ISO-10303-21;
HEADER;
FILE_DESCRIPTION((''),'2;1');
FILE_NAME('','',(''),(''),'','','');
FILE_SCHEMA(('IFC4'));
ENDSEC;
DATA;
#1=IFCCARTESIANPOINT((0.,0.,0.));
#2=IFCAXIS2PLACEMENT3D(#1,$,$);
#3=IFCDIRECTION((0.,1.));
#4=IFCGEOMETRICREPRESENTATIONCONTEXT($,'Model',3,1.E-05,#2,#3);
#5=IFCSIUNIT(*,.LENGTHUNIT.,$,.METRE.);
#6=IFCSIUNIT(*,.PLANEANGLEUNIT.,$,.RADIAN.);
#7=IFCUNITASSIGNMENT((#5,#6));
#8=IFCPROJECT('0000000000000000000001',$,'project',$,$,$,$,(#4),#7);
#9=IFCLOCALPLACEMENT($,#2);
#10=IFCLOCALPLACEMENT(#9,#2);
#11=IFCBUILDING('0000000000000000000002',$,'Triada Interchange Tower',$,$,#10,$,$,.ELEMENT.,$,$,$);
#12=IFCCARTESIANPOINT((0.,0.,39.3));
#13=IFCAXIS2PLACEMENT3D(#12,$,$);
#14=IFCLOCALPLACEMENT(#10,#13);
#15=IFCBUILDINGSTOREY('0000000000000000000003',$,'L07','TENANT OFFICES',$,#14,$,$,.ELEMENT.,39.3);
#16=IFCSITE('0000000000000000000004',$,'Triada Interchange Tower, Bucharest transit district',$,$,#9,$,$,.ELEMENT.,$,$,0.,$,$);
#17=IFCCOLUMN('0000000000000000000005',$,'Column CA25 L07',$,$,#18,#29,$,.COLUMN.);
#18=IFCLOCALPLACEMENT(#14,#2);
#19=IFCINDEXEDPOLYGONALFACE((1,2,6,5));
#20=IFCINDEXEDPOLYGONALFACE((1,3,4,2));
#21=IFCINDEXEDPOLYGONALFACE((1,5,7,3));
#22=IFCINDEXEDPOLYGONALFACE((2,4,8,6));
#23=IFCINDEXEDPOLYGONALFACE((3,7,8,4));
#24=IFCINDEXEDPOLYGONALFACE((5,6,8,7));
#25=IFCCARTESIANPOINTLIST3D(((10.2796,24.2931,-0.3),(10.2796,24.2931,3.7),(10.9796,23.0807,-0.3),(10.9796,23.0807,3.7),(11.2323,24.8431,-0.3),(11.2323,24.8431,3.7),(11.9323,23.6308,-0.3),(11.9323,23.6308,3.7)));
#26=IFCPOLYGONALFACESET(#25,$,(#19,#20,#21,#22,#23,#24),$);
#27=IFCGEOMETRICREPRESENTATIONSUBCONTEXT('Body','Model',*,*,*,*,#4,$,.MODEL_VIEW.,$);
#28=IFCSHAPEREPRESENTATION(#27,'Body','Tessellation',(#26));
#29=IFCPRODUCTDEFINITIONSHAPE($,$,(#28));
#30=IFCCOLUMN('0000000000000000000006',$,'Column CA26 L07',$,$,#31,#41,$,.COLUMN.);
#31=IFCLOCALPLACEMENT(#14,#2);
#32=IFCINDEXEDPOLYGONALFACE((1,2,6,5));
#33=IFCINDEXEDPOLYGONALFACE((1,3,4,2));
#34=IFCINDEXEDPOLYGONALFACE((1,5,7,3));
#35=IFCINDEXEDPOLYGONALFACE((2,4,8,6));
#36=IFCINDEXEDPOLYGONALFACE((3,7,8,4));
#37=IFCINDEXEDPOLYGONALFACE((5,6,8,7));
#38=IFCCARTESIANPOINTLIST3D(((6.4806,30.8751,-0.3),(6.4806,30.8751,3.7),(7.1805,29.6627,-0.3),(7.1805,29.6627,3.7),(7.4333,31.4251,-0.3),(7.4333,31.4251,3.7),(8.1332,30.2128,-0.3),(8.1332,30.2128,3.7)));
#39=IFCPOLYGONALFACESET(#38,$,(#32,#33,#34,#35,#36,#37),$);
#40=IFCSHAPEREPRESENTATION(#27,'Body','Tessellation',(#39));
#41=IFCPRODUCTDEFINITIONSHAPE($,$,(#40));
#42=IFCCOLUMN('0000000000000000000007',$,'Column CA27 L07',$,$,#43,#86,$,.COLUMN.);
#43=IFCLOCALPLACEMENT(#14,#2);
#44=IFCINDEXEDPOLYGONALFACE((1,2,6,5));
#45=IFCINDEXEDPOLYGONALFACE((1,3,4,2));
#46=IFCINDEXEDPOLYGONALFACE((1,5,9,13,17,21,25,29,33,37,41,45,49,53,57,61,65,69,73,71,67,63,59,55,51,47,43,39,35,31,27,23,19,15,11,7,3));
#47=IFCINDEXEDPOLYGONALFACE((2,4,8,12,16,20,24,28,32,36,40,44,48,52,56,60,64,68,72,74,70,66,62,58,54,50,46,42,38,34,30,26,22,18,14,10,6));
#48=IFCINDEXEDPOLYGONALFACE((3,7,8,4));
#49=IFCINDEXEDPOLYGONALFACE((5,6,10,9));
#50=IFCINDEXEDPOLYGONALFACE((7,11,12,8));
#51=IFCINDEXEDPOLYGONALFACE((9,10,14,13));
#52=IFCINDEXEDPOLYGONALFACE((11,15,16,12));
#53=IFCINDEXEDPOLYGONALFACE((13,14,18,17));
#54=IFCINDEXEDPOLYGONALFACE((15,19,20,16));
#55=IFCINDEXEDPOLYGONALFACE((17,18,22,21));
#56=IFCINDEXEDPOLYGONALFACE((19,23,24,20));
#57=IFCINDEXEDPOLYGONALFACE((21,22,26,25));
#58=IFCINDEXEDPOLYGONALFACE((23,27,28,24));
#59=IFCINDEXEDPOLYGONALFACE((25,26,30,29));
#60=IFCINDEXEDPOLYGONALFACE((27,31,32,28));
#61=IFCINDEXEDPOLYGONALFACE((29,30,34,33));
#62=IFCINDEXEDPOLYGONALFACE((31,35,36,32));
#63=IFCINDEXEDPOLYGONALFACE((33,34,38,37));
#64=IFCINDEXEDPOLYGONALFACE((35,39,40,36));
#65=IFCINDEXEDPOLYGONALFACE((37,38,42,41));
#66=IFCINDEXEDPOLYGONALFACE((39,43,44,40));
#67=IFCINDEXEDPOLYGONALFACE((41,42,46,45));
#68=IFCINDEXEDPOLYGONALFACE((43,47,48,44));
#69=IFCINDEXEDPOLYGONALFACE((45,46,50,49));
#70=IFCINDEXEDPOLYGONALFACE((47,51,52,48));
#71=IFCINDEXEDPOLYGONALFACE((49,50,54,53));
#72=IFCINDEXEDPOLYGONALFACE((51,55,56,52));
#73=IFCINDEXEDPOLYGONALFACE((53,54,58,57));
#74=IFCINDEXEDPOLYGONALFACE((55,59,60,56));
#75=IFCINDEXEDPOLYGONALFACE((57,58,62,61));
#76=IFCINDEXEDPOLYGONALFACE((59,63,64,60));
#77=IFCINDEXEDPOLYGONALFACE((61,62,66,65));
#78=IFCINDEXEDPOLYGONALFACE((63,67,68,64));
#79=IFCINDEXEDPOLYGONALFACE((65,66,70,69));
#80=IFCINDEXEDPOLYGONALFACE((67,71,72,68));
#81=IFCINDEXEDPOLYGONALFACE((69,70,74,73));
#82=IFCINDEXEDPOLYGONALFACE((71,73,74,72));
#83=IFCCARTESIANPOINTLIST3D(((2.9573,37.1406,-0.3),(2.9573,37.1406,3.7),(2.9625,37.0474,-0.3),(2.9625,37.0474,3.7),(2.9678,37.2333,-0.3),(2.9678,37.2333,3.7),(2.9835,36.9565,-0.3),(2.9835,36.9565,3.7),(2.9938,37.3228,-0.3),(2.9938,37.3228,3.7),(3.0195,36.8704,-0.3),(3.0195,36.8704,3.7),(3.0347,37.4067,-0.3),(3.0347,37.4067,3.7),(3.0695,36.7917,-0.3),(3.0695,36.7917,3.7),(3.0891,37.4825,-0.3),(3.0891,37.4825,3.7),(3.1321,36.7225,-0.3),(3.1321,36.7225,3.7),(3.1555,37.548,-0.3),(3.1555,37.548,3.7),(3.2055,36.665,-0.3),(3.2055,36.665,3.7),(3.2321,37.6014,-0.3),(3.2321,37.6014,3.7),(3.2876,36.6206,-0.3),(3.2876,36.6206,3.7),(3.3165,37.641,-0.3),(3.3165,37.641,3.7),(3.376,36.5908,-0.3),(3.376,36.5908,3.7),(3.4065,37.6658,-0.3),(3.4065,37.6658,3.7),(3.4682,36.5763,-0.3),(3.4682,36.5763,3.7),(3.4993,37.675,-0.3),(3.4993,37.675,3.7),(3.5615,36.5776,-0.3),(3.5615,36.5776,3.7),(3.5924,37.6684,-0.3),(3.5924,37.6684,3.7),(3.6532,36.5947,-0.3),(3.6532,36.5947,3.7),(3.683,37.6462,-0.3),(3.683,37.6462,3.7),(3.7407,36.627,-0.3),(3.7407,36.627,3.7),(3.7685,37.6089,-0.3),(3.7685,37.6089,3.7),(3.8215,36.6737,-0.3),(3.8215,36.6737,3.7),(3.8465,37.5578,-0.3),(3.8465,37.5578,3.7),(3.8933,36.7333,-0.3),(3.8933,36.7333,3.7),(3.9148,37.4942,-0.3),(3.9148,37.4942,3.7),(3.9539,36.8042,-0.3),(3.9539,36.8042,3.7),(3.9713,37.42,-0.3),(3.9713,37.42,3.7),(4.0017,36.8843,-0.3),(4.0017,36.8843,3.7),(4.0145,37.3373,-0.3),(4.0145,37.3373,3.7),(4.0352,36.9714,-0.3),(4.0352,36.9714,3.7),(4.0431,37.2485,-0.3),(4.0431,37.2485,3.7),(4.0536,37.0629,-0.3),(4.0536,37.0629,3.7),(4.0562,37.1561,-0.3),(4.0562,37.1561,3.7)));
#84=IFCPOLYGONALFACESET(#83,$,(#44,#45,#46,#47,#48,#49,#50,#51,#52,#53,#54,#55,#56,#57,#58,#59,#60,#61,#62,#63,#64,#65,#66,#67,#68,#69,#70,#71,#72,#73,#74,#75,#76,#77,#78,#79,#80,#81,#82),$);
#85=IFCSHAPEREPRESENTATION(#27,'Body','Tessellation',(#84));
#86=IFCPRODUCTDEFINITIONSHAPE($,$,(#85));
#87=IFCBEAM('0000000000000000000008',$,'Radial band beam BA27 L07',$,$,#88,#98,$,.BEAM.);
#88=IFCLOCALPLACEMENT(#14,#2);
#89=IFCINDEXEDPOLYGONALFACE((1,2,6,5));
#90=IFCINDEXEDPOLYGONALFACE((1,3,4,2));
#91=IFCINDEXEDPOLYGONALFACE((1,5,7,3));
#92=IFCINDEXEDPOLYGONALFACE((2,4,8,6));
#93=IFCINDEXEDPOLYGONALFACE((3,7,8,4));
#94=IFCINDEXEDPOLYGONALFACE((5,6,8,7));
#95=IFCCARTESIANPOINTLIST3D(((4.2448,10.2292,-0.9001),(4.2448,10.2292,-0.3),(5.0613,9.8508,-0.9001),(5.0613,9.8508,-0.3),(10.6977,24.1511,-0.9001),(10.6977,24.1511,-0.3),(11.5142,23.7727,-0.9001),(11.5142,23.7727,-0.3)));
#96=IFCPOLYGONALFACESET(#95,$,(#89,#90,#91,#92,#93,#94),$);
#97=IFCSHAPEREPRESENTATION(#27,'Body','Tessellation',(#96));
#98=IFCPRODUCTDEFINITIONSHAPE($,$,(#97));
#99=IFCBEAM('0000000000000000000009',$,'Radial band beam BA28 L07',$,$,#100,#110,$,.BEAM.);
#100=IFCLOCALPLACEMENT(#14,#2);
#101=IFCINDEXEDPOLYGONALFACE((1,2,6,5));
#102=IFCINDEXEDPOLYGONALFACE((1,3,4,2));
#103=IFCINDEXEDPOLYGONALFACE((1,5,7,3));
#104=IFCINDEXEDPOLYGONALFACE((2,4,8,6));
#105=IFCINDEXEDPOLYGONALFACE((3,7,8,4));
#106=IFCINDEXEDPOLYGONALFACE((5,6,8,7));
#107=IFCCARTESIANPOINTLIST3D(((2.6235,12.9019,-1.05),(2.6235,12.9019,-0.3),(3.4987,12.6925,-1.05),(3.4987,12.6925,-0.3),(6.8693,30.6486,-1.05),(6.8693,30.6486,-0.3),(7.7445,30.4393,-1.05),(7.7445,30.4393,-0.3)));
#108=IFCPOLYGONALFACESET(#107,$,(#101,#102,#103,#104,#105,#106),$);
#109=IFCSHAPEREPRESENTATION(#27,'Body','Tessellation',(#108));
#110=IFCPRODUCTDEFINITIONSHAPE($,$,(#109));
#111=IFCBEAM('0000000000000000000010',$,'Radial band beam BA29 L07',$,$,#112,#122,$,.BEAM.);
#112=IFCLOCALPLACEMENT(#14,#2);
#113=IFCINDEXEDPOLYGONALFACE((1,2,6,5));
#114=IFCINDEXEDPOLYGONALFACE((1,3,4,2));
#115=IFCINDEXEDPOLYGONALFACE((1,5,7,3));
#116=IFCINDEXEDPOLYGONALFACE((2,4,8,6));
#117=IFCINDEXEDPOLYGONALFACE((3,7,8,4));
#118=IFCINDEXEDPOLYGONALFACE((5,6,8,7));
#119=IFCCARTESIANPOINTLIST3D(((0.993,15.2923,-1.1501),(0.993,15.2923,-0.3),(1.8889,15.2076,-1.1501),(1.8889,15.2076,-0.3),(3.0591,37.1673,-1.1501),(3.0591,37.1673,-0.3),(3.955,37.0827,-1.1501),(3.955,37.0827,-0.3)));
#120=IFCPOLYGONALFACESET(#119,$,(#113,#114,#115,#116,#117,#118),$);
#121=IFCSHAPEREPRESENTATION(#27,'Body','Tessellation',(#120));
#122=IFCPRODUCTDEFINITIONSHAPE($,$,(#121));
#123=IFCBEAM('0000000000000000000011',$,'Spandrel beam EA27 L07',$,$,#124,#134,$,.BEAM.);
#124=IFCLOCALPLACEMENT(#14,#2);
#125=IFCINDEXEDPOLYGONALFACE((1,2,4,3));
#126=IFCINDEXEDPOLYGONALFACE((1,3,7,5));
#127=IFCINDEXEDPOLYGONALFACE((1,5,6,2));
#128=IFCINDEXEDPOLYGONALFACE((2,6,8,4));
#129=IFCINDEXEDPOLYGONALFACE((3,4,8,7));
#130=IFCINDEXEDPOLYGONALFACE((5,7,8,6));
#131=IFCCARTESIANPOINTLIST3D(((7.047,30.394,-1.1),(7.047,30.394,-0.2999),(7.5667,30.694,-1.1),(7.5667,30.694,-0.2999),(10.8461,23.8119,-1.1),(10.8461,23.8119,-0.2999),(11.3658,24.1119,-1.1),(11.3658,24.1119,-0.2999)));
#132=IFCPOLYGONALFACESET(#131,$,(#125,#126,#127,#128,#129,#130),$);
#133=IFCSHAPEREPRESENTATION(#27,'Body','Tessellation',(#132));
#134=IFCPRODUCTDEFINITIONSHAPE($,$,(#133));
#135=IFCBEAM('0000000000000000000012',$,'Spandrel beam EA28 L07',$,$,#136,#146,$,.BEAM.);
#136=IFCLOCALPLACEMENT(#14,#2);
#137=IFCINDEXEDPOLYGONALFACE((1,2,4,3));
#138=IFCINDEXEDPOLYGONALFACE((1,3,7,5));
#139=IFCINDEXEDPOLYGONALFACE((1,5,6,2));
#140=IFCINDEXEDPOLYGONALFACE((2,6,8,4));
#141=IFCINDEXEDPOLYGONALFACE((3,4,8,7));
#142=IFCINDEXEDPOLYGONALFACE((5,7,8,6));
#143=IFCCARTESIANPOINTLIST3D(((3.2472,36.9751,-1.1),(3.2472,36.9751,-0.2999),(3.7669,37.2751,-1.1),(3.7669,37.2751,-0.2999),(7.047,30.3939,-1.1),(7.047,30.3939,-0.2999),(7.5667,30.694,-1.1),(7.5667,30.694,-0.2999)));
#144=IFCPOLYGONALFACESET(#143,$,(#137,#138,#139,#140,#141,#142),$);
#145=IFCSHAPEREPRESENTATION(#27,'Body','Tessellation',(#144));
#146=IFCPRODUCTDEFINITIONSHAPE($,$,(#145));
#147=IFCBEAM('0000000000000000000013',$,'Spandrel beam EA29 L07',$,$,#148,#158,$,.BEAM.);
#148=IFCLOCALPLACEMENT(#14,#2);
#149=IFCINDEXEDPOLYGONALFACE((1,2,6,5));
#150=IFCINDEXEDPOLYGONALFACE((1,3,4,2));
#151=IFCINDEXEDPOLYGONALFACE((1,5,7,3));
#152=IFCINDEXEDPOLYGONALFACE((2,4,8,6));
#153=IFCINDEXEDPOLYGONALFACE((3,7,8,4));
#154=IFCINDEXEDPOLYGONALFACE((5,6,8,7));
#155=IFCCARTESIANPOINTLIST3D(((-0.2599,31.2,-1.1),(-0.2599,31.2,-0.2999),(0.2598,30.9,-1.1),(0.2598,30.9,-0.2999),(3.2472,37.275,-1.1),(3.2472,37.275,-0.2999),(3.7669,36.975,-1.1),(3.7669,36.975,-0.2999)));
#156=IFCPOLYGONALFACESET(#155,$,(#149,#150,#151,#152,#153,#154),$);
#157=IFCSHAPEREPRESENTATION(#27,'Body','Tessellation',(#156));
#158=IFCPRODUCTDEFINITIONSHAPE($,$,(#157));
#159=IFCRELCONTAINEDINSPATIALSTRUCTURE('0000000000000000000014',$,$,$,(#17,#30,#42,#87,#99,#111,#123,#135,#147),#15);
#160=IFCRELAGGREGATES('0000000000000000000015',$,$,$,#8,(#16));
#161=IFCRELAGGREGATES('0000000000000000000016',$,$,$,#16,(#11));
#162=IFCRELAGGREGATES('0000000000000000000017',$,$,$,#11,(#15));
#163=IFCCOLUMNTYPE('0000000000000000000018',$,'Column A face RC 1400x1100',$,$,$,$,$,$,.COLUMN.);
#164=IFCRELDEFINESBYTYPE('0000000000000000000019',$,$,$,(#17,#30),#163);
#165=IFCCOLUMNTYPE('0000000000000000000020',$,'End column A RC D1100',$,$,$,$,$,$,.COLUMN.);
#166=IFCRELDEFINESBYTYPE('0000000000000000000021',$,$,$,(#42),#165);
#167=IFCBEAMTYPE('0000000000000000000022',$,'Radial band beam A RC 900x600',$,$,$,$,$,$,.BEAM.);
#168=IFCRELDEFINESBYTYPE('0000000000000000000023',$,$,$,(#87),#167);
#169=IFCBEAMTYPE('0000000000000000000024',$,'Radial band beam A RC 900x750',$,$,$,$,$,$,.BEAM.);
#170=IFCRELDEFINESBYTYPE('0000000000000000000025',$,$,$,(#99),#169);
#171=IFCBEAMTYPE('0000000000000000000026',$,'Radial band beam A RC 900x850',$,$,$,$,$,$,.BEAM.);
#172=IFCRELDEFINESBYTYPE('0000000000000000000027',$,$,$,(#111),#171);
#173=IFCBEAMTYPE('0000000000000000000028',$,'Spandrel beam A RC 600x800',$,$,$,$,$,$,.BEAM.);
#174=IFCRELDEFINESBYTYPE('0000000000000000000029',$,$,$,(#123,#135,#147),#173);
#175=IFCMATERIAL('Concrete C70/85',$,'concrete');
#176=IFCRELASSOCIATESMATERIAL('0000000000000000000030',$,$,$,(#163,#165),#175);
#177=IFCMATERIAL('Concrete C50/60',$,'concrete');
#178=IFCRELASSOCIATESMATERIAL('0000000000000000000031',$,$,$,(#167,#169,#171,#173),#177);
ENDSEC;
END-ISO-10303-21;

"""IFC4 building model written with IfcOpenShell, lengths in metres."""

from ifc_helpers import new_model, si_unit, direction, frame, origin, origin_2d, place, context, subcontext, project, spatial, rectangle, circle, extrude, material, material_profile, profile_set, type_object, element, save


model = new_model("IFC4")

# Units and contexts
model_context = context("Model", 3, precision=1e-05, world=origin(), true_north=direction((0.0, 1.0)))
body_context = subcontext(model_context, "Body", "Model", "MODEL_VIEW")
ifc_project = project(units=[si_unit("LENGTHUNIT", "METRE"), si_unit("PLANEANGLEUNIT", "RADIAN")], contexts=[model_context])

# Site, building, storey
site_placement = place(None, origin())
site = spatial("IfcSite", under=ifc_project, at=site_placement, Name="Triada Interchange Tower, Bucharest transit district", CompositionType="ELEMENT", RefElevation=0.0)
building_placement = place(site_placement, origin())
building = spatial("IfcBuilding", under=site, at=building_placement, Name="Triada Interchange Tower", CompositionType="ELEMENT")
storey_placement = place(building_placement, frame((0.0, 0.0, 39.3)))
storey = spatial("IfcBuildingStorey", under=building, at=storey_placement, Name="L07", Description="TENANT OFFICES", CompositionType="ELEMENT", Elevation=39.3)

# Columns
ifc_material_1 = material(Name="Concrete C70/85", Category="concrete")
ifc_material_profile_1 = material_profile(ifc_material_1, rectangle(XDim=1.3999, YDim=1.1001, at=origin_2d()), Name="RC 1400x1100")
ifc_profile_set_1 = profile_set([ifc_material_profile_1], Name="Concrete C70/85")
column_type_1 = type_object("IfcColumnType", Name="Column A face RC 1400x1100", PredefinedType="COLUMN", material=ifc_profile_set_1)
for number, where, z_axis, x_axis, name in (
    (1, (11.106, 23.9619, -0.3), (0.0, 0.0, 1.0), (-0.5, 0.866025, 0.0), "Column CA25 L07"),
    (2, (7.3069, 30.5439, -0.3), (0.0, 0.0, 1.0), (-0.5, 0.866025, 0.0), "Column CA26 L07"),
):
    element("IfcColumn", number, at=place(storey_placement, frame(where, z_axis=z_axis, x_axis=x_axis)), inside=storey, type_object=column_type_1, Name=name, PredefinedType="COLUMN", context=body_context, shape_type="SweptSolid", body=[
        extrude(rectangle(XDim=1.3999, YDim=1.1001, at=origin_2d()), origin(), (0.0, 0.0, 1.0), 4.0),
    ])
ifc_material_profile_2 = material_profile(ifc_material_1, circle(Radius=0.55, at=origin_2d()), Name="RC D1100")
ifc_profile_set_2 = profile_set([ifc_material_profile_2], Name="Concrete C70/85")
column_type_2 = type_object("IfcColumnType", Name="End column A RC D1100", PredefinedType="COLUMN", material=ifc_profile_set_2)
column_placement = place(storey_placement, frame((3.5071, 37.125, -0.3), z_axis=(0.0, 0.0, 1.0), x_axis=(-0.5, 0.866025, 0.0)))
element("IfcColumn", 3, at=column_placement, inside=storey, type_object=column_type_2, Name="Column CA27 L07", PredefinedType="COLUMN", context=body_context, shape_type="SweptSolid", body=[
    extrude(circle(Radius=0.55, at=origin_2d()), origin(), (0.0, 0.0, 1.0), 4.0),
])

# Beams
ifc_material_2 = material(Name="Concrete C50/60", Category="concrete")
ifc_material_profile_3 = material_profile(ifc_material_2, rectangle(XDim=0.8999, YDim=0.6001, at=origin_2d()), Name="RC 900x600")
ifc_profile_set_3 = profile_set([ifc_material_profile_3], Name="Concrete C50/60")
beam_type_1 = type_object("IfcBeamType", Name="Radial band beam A RC 900x600", PredefinedType="BEAM", material=ifc_profile_set_3)
beam_1_placement = place(storey_placement, frame((11.106, 23.9619, -0.6001), z_axis=(-0.42053, -0.907279, 0.0), x_axis=(0.907279, -0.42053, 0.0)))
element("IfcBeam", 4, at=beam_1_placement, inside=storey, type_object=beam_type_1, Name="Radial band beam BA27 L07", PredefinedType="BEAM", context=body_context, shape_type="SweptSolid", body=[
    extrude(rectangle(XDim=0.8999, YDim=0.6001, at=origin_2d()), origin(), (0.0, 0.0, 1.0), 15.3447),
])
ifc_material_profile_4 = material_profile(ifc_material_2, rectangle(XDim=0.8999, YDim=0.75, at=origin_2d()), Name="RC 900x750")
ifc_profile_set_4 = profile_set([ifc_material_profile_4], Name="Concrete C50/60")
beam_type_2 = type_object("IfcBeamType", Name="Radial band beam A RC 900x750", PredefinedType="BEAM", material=ifc_profile_set_4)
beam_2_placement = place(storey_placement, frame((7.3069, 30.5439, -0.675), z_axis=(-0.232679, -0.972554, 0.0), x_axis=(0.972554, -0.232679, 0.0)))
element("IfcBeam", 5, at=beam_2_placement, inside=storey, type_object=beam_type_2, Name="Radial band beam BA28 L07", PredefinedType="BEAM", context=body_context, shape_type="SweptSolid", body=[
    extrude(rectangle(XDim=0.8999, YDim=0.75, at=origin_2d()), origin(), (0.0, 0.0, 1.0), 18.2476),
])
ifc_material_profile_5 = material_profile(ifc_material_2, rectangle(XDim=0.8999, YDim=0.8501, at=origin_2d()), Name="RC 900x850")
ifc_profile_set_5 = profile_set([ifc_material_profile_5], Name="Concrete C50/60")
beam_type_3 = type_object("IfcBeamType", Name="Radial band beam A RC 900x850", PredefinedType="BEAM", material=ifc_profile_set_5)
beam_3_placement = place(storey_placement, frame((3.5071, 37.125, -0.7251), z_axis=(-0.094035, -0.995569, 0.0), x_axis=(0.995569, -0.094035, 0.0)))
element("IfcBeam", 6, at=beam_3_placement, inside=storey, type_object=beam_type_3, Name="Radial band beam BA29 L07", PredefinedType="BEAM", context=body_context, shape_type="SweptSolid", body=[
    extrude(rectangle(XDim=0.8999, YDim=0.8501, at=origin_2d()), origin(), (0.0, 0.0, 1.0), 21.9724),
])
ifc_material_profile_6 = material_profile(ifc_material_2, rectangle(XDim=0.6001, YDim=0.8, at=origin_2d()), Name="RC 600x800")
ifc_profile_set_6 = profile_set([ifc_material_profile_6], Name="Concrete C50/60")
beam_type_4 = type_object("IfcBeamType", Name="Spandrel beam A RC 600x800", PredefinedType="BEAM", material=ifc_profile_set_6)
beam_4_placement = place(storey_placement, frame((11.106, 23.9619, -0.7), z_axis=(-0.499895, 0.866086, 0.0), x_axis=(-0.866086, -0.499895, 0.0)))
element("IfcBeam", 7, at=beam_4_placement, inside=storey, type_object=beam_type_4, Name="Spandrel beam EA27 L07", PredefinedType="BEAM", context=body_context, shape_type="SweptSolid", body=[
    extrude(rectangle(XDim=0.6001, YDim=0.8, at=origin_2d()), origin(), (0.0, 0.0, 1.0), 7.5999),
])
beam_5_placement = place(storey_placement, frame((7.3069, 30.5439, -0.7), z_axis=(-0.500023, 0.866012, 0.0), x_axis=(-0.866012, -0.500023, 0.0)))
element("IfcBeam", 8, at=beam_5_placement, inside=storey, type_object=beam_type_4, Name="Spandrel beam EA28 L07", PredefinedType="BEAM", context=body_context, shape_type="SweptSolid", body=[
    extrude(rectangle(XDim=0.6001, YDim=0.8, at=origin_2d()), origin(), (0.0, 0.0, 1.0), 7.5994),
])
beam_6_placement = place(storey_placement, frame((3.5071, 37.125, -0.7), z_axis=(-0.499968, -0.866044, 0.0), x_axis=(0.866044, -0.499968, 0.0)))
element("IfcBeam", 9, at=beam_6_placement, inside=storey, type_object=beam_type_4, Name="Spandrel beam EA29 L07", PredefinedType="BEAM", context=body_context, shape_type="SweptSolid", body=[
    extrude(rectangle(XDim=0.6001, YDim=0.8, at=origin_2d()), origin(), (0.0, 0.0, 1.0), 7.0146),
])

save(model, "model.ifc")
